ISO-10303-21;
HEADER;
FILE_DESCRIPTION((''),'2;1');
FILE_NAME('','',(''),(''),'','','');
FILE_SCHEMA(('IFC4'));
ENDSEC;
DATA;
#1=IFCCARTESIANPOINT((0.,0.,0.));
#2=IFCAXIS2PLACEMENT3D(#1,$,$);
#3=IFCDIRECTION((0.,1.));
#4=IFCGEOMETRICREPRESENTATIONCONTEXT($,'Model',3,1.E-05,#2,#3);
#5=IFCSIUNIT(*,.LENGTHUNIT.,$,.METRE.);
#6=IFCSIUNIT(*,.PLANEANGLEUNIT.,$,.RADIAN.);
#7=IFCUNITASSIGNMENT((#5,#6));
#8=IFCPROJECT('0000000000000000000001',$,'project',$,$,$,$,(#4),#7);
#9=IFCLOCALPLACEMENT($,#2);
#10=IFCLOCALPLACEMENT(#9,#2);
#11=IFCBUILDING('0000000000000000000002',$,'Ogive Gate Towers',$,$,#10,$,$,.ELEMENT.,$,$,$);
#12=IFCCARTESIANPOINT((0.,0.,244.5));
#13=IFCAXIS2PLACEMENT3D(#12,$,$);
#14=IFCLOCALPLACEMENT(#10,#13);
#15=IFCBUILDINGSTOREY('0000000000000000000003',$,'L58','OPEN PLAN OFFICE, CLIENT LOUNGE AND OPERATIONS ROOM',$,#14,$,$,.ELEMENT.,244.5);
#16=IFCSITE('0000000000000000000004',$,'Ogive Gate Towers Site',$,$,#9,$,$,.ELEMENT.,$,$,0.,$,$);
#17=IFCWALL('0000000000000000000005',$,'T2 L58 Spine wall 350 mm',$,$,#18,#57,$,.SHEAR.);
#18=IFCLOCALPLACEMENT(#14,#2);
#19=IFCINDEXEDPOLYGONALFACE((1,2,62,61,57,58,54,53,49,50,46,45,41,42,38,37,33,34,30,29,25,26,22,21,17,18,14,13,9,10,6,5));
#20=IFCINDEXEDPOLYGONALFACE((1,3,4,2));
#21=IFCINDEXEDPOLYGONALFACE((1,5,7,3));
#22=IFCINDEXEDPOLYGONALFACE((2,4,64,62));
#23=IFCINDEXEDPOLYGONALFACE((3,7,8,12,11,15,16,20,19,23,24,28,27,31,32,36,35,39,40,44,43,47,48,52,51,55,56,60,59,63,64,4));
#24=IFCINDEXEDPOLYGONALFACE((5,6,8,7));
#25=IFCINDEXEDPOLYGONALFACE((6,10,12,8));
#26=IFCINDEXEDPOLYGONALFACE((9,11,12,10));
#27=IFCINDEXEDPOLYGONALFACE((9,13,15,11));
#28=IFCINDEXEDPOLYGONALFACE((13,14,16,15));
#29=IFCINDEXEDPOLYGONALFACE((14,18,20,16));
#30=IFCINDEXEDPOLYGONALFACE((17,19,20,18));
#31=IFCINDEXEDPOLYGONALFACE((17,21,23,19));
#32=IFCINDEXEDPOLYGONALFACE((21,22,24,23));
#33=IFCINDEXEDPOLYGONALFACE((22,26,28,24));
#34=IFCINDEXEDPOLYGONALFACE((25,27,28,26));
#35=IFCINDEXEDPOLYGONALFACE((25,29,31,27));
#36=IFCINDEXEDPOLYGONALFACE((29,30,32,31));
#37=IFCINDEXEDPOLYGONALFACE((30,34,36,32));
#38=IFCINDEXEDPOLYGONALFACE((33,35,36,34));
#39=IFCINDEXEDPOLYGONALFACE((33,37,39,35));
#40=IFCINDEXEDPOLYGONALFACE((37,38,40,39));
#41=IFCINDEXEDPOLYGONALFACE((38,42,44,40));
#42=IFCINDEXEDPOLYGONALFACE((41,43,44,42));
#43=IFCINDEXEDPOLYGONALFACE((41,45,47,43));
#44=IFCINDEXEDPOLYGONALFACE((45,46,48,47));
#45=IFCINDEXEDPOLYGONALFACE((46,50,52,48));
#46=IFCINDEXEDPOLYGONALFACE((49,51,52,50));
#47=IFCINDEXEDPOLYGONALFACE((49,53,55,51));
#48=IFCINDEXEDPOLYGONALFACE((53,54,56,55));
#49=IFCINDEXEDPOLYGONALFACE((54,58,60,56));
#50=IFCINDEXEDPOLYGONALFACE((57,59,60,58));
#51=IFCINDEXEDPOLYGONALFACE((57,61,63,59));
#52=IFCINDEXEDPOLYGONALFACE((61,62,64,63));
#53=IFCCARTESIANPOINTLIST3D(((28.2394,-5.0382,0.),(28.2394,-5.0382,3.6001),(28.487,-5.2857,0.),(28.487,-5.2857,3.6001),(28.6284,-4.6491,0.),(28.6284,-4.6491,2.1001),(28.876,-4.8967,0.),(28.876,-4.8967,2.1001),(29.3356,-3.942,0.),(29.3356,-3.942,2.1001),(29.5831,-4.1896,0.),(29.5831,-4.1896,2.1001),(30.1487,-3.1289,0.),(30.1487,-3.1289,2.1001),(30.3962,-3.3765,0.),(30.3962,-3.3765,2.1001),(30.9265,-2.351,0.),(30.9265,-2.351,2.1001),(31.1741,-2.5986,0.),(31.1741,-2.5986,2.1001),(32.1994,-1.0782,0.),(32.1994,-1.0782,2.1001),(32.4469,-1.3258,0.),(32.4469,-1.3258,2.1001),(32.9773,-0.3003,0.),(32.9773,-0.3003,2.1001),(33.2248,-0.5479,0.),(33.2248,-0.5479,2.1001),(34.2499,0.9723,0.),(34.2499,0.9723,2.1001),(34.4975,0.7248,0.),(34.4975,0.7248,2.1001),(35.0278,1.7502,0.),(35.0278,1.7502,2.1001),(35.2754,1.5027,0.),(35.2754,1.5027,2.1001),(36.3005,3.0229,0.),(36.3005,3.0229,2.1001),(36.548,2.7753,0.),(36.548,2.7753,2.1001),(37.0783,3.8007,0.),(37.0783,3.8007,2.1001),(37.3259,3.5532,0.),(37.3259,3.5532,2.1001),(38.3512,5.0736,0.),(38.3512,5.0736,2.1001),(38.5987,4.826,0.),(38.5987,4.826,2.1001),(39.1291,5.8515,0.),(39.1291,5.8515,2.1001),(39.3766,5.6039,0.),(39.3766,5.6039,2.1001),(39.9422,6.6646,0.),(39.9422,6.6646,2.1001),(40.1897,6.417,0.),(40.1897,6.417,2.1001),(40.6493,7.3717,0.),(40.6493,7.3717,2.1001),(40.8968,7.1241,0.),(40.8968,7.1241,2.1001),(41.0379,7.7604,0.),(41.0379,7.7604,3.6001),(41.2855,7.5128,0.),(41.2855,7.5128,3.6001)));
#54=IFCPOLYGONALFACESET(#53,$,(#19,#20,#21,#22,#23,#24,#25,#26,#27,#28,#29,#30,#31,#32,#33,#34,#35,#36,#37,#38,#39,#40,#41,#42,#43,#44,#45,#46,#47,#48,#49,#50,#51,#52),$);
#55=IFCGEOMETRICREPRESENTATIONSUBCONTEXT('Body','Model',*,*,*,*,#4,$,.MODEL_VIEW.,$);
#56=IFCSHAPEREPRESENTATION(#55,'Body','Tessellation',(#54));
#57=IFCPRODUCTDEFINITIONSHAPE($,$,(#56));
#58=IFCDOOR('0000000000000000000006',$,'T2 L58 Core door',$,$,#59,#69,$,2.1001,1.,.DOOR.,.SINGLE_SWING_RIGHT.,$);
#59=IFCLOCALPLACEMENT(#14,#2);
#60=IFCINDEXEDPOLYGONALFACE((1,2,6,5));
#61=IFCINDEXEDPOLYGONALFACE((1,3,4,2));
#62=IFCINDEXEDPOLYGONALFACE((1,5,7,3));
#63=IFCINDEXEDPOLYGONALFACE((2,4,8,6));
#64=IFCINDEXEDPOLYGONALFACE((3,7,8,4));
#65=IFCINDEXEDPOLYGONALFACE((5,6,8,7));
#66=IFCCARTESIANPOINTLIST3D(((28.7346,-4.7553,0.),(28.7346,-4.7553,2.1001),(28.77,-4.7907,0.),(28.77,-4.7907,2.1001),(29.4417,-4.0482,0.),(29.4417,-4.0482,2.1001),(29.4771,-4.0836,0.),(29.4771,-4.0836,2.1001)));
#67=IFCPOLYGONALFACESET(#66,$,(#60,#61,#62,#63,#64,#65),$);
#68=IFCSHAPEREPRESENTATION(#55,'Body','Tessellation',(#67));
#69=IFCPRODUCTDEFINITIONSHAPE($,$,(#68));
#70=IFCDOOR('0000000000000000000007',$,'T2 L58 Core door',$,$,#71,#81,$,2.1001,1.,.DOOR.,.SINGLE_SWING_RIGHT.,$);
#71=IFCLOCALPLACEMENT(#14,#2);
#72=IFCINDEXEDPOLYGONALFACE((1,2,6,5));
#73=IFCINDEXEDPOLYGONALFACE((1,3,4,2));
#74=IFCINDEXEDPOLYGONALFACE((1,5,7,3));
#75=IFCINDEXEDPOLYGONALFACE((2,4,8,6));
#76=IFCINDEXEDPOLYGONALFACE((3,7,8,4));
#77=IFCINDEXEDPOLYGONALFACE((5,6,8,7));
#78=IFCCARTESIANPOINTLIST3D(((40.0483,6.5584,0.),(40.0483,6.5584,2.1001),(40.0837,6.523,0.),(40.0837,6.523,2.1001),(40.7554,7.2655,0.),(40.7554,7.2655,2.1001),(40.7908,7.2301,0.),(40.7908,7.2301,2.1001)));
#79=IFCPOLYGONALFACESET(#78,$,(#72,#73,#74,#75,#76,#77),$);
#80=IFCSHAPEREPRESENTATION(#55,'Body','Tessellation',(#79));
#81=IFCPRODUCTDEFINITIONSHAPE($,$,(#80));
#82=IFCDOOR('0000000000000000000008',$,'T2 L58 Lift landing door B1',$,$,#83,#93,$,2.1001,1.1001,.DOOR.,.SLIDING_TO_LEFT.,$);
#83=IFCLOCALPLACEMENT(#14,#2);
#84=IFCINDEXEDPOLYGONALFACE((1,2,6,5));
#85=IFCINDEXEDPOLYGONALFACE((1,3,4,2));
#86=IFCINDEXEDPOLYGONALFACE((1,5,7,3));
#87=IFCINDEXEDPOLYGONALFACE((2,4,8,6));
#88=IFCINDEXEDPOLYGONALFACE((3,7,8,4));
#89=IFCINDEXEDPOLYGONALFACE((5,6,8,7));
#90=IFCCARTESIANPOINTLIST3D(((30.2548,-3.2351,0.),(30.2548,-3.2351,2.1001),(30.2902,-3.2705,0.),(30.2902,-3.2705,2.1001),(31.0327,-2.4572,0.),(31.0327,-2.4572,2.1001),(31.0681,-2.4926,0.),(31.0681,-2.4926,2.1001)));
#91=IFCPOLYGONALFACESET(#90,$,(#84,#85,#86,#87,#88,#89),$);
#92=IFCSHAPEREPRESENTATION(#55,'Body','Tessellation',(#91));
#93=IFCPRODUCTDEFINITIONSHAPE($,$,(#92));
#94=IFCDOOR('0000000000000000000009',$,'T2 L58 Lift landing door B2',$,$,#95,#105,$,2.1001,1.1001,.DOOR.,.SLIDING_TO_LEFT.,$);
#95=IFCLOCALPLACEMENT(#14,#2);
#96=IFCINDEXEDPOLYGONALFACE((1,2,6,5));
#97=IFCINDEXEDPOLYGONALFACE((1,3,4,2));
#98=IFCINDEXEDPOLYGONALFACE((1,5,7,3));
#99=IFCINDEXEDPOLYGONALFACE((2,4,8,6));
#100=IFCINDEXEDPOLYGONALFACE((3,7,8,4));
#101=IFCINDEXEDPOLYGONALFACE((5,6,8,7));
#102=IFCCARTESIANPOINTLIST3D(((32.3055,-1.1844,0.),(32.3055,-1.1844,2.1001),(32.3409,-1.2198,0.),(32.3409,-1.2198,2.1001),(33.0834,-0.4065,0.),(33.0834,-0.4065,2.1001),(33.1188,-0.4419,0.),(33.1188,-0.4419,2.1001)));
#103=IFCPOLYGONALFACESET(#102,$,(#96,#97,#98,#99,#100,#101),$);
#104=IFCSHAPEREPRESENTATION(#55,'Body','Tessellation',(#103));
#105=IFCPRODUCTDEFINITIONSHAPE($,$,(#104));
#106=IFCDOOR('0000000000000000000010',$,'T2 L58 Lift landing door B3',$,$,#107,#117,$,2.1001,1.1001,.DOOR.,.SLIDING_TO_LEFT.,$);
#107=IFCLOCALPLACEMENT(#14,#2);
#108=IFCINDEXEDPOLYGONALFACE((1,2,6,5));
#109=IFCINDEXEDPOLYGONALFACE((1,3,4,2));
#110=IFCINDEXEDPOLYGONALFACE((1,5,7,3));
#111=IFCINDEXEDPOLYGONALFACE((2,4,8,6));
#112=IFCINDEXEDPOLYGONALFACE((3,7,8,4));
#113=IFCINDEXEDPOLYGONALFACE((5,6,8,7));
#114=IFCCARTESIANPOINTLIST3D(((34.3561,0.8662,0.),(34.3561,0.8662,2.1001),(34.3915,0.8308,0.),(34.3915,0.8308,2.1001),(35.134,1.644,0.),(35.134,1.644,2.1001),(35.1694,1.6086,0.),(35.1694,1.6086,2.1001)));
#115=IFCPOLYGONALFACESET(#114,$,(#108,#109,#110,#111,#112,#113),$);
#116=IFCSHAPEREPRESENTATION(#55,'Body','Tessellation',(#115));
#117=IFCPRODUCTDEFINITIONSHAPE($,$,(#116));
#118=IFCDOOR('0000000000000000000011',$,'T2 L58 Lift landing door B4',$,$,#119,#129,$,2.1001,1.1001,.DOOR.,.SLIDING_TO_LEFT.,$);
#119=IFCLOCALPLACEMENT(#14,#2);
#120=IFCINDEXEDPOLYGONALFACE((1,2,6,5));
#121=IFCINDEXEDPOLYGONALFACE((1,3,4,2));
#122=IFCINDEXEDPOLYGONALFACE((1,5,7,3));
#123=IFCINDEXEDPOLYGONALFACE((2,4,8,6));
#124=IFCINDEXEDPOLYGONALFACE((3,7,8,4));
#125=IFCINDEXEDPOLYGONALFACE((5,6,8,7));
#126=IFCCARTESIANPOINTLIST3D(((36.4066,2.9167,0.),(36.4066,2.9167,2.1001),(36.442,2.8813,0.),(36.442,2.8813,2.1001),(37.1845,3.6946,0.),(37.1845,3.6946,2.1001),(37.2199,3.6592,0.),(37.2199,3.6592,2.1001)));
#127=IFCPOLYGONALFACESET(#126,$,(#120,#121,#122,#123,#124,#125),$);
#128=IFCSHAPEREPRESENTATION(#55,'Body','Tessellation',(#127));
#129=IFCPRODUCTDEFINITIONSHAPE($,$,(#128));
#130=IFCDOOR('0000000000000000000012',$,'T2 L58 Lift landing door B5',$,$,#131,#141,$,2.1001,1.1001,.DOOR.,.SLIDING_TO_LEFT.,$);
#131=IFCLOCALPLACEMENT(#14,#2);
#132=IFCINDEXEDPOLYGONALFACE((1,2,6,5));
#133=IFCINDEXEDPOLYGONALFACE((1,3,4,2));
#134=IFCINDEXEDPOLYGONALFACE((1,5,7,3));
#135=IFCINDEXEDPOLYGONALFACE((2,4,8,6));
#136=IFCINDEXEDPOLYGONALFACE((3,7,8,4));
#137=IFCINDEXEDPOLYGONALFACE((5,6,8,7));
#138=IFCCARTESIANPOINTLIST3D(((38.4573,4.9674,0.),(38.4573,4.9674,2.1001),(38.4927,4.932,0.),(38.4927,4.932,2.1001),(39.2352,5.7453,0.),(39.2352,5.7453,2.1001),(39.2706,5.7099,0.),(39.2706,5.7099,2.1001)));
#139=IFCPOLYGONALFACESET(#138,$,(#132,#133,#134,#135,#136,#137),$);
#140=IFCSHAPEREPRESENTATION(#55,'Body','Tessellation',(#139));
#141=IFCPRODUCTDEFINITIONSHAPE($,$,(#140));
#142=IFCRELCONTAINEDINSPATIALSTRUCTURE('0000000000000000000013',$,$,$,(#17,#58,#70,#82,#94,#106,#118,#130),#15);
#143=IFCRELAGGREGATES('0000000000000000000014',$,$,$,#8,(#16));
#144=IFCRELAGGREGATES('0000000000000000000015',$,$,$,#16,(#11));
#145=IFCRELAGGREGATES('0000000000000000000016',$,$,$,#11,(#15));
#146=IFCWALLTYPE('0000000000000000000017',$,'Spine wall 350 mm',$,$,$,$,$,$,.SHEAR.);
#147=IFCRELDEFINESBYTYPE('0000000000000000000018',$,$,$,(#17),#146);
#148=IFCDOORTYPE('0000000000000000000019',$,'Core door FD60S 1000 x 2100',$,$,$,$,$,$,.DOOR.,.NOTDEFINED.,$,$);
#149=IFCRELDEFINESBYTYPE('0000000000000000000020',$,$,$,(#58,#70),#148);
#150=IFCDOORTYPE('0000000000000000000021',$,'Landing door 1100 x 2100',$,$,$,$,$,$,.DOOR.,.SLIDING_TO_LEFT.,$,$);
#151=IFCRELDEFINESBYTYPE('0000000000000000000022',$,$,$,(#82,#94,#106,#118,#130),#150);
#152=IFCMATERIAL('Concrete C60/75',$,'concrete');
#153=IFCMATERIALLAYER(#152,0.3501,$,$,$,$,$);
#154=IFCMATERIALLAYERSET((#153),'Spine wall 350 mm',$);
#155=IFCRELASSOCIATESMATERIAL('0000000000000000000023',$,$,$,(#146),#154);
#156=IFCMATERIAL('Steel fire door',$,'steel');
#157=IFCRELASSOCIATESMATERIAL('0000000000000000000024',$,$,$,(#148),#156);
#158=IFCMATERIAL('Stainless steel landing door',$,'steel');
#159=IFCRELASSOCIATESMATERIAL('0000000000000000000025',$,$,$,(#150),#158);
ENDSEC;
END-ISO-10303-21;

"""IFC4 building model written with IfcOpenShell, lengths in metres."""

from ifc_helpers import new_model, si_unit, direction, frame, frame_2d, origin, place, context, subcontext, project, spatial, rectangle, extrude, material, layer, layer_set, type_object, element, fill, save


model = new_model("IFC4")

# Units and contexts
model_context = context("Model", 3, precision=1e-05, world=origin(), true_north=direction((0.0, 1.0)))
body_context = subcontext(model_context, "Body", "Model", "MODEL_VIEW")
ifc_project = project(units=[si_unit("LENGTHUNIT", "METRE"), si_unit("PLANEANGLEUNIT", "RADIAN")], contexts=[model_context])

# Site, building, storey
site_placement = place(None, origin())
site = spatial("IfcSite", under=ifc_project, at=site_placement, Name="Ogive Gate Towers Site", CompositionType="ELEMENT", RefElevation=0.0)
building_placement = place(site_placement, origin())
building = spatial("IfcBuilding", under=site, at=building_placement, Name="Ogive Gate Towers", CompositionType="ELEMENT")
storey_placement = place(building_placement, frame((0.0, 0.0, 244.5)))
storey = spatial("IfcBuildingStorey", under=building, at=storey_placement, Name="L58", Description="OPEN PLAN OFFICE, CLIENT LOUNGE AND OPERATIONS ROOM", CompositionType="ELEMENT", Elevation=244.5)

# Shared definitions
ifc_material_1 = material(Name="Concrete C60/75", Category="concrete")

# Wall, openings, doors
ifc_layer_1 = layer(ifc_material_1, 0.3501)
ifc_layer_set_1 = layer_set([ifc_layer_1], Name="Spine wall 350 mm")
wall_type_1 = type_object("IfcWallType", Name="Spine wall 350 mm", PredefinedType="SHEAR", material=ifc_layer_set_1)
ifc_material_2 = material(Name="Steel fire door", Category="steel")
door_type_1 = type_object("IfcDoorType", Name="Core door FD60S 1000 x 2100", OperationType="NOTDEFINED", PredefinedType="DOOR", material=ifc_material_2)
ifc_material_3 = material(Name="Stainless steel landing door", Category="steel")
door_type_2 = type_object("IfcDoorType", Name="Landing door 1100 x 2100", OperationType="SLIDING_TO_LEFT", PredefinedType="DOOR", material=ifc_material_3)
wall_1_placement = place(storey_placement, frame((28.3633, -5.1619, 0.0), z_axis=(0.0, 0.0, 1.0), x_axis=(0.707107, 0.707107, 0.0)))
wall_1 = element("IfcWall", 1, at=wall_1_placement, inside=storey, type_object=wall_type_1, Name="T2 L58 Spine wall 350 mm", PredefinedType="SHEAR", context=body_context, shape_type="SweptSolid", body=[
    extrude(rectangle(XDim=18.0999, YDim=0.3501, at=frame_2d((9.0498, 0.0))), origin(), (0.0, 0.0, 1.0), 3.6001),
])
opening_1_placement = place(wall_1_placement, frame((0.55, 0.0, 0.0)))
opening_1 = element("IfcOpeningElement", 2, at=opening_1_placement, cuts=wall_1, PredefinedType="OPENING", context=body_context, shape_type="SweptSolid", body=[
    extrude(rectangle(XDim=1.0, YDim=2.1001, at=frame_2d((0.5, 1.05))), frame((0.0, 0.1851, 0.0), z_axis=(0.0, -1.0, 0.0), x_axis=(1.0, 0.0, 0.0)), (0.0, 0.0, 1.0), 0.3701),
])
opening_2_placement = place(wall_1_placement, frame((2.7, 0.0, 0.0)))
opening_2 = element("IfcOpeningElement", 3, at=opening_2_placement, cuts=wall_1, PredefinedType="OPENING", context=body_context, shape_type="SweptSolid", body=[
    extrude(rectangle(XDim=1.1001, YDim=2.1001, at=frame_2d((0.55, 1.05))), frame((0.0, 0.1851, 0.0), z_axis=(0.0, -1.0, 0.0), x_axis=(1.0, 0.0, 0.0)), (0.0, 0.0, 1.0), 0.3701),
])
opening_3_placement = place(wall_1_placement, frame((5.6001, 0.0, 0.0)))
opening_3 = element("IfcOpeningElement", 4, at=opening_3_placement, cuts=wall_1, PredefinedType="OPENING", context=body_context, shape_type="SweptSolid", body=[
    extrude(rectangle(XDim=1.1001, YDim=2.1001, at=frame_2d((0.55, 1.05))), frame((0.0, 0.1851, 0.0), z_axis=(0.0, -1.0, 0.0), x_axis=(1.0, 0.0, 0.0)), (0.0, 0.0, 1.0), 0.3701),
])
opening_4_placement = place(wall_1_placement, frame((8.5, 0.0, 0.0)))
opening_4 = element("IfcOpeningElement", 5, at=opening_4_placement, cuts=wall_1, PredefinedType="OPENING", context=body_context, shape_type="SweptSolid", body=[
    extrude(rectangle(XDim=1.1001, YDim=2.1001, at=frame_2d((0.55, 1.05))), frame((0.0, 0.1851, 0.0), z_axis=(0.0, -1.0, 0.0), x_axis=(1.0, 0.0, 0.0)), (0.0, 0.0, 1.0), 0.3701),
])
opening_5_placement = place(wall_1_placement, frame((11.3999, 0.0, 0.0)))
opening_5 = element("IfcOpeningElement", 6, at=opening_5_placement, cuts=wall_1, PredefinedType="OPENING", context=body_context, shape_type="SweptSolid", body=[
    extrude(rectangle(XDim=1.1001, YDim=2.1001, at=frame_2d((0.55, 1.05))), frame((0.0, 0.1851, 0.0), z_axis=(0.0, -1.0, 0.0), x_axis=(1.0, 0.0, 0.0)), (0.0, 0.0, 1.0), 0.3701),
])
opening_6_placement = place(wall_1_placement, frame((14.3, 0.0, 0.0)))
opening_6 = element("IfcOpeningElement", 7, at=opening_6_placement, cuts=wall_1, PredefinedType="OPENING", context=body_context, shape_type="SweptSolid", body=[
    extrude(rectangle(XDim=1.1001, YDim=2.1001, at=frame_2d((0.55, 1.05))), frame((0.0, 0.1851, 0.0), z_axis=(0.0, -1.0, 0.0), x_axis=(1.0, 0.0, 0.0)), (0.0, 0.0, 1.0), 0.3701),
])
opening_7_placement = place(wall_1_placement, frame((16.55, 0.0, 0.0)))
opening_7 = element("IfcOpeningElement", 8, at=opening_7_placement, cuts=wall_1, PredefinedType="OPENING", context=body_context, shape_type="SweptSolid", body=[
    extrude(rectangle(XDim=1.0, YDim=2.1001, at=frame_2d((0.5, 1.05))), frame((0.0, 0.1851, 0.0), z_axis=(0.0, -1.0, 0.0), x_axis=(1.0, 0.0, 0.0)), (0.0, 0.0, 1.0), 0.3701),
])
door_1_placement = place(opening_1_placement, origin())
door_1 = element("IfcDoor", 9, at=door_1_placement, inside=storey, type_object=door_type_1, Name="T2 L58 Core door", OperationType="SINGLE_SWING_RIGHT", OverallHeight=2.1001, OverallWidth=1.0, PredefinedType="DOOR", context=body_context, shape_type="SweptSolid", body=[
    extrude(rectangle(XDim=1.0, YDim=2.1001, at=frame_2d((0.5, 1.05))), frame((0.0, 0.0249, 0.0), z_axis=(0.0, -1.0, 0.0), x_axis=(1.0, 0.0, 0.0)), (0.0, 0.0, 1.0), 0.05),
])
fill(opening_1, door_1)
door_2_placement = place(opening_7_placement, origin())
door_2 = element("IfcDoor", 10, at=door_2_placement, inside=storey, type_object=door_type_1, Name="T2 L58 Core door", OperationType="SINGLE_SWING_RIGHT", OverallHeight=2.1001, OverallWidth=1.0, PredefinedType="DOOR", context=body_context, shape_type="SweptSolid", body=[
    extrude(rectangle(XDim=1.0, YDim=2.1001, at=frame_2d((0.5, 1.05))), frame((0.0, 0.0249, 0.0), z_axis=(0.0, -1.0, 0.0), x_axis=(1.0, 0.0, 0.0)), (0.0, 0.0, 1.0), 0.05),
])
fill(opening_7, door_2)
door_3_placement = place(opening_2_placement, origin())
door_3 = element("IfcDoor", 11, at=door_3_placement, inside=storey, type_object=door_type_2, Name="T2 L58 Lift landing door B1", OperationType="SLIDING_TO_LEFT", OverallHeight=2.1001, OverallWidth=1.1001, PredefinedType="DOOR", context=body_context, shape_type="SweptSolid", body=[
    extrude(rectangle(XDim=1.1001, YDim=2.1001, at=frame_2d((0.55, 1.05))), frame((0.0, 0.0249, 0.0), z_axis=(0.0, -1.0, 0.0), x_axis=(1.0, 0.0, 0.0)), (0.0, 0.0, 1.0), 0.05),
])
fill(opening_2, door_3)
door_4_placement = place(opening_3_placement, origin())
door_4 = element("IfcDoor", 12, at=door_4_placement, inside=storey, type_object=door_type_2, Name="T2 L58 Lift landing door B2", OperationType="SLIDING_TO_LEFT", OverallHeight=2.1001, OverallWidth=1.1001, PredefinedType="DOOR", context=body_context, shape_type="SweptSolid", body=[
    extrude(rectangle(XDim=1.1001, YDim=2.1001, at=frame_2d((0.55, 1.05))), frame((0.0, 0.0249, 0.0), z_axis=(0.0, -1.0, 0.0), x_axis=(1.0, 0.0, 0.0)), (0.0, 0.0, 1.0), 0.05),
])
fill(opening_3, door_4)
door_5_placement = place(opening_4_placement, origin())
door_5 = element("IfcDoor", 13, at=door_5_placement, inside=storey, type_object=door_type_2, Name="T2 L58 Lift landing door B3", OperationType="SLIDING_TO_LEFT", OverallHeight=2.1001, OverallWidth=1.1001, PredefinedType="DOOR", context=body_context, shape_type="SweptSolid", body=[
    extrude(rectangle(XDim=1.1001, YDim=2.1001, at=frame_2d((0.55, 1.05))), frame((0.0, 0.0249, 0.0), z_axis=(0.0, -1.0, 0.0), x_axis=(1.0, 0.0, 0.0)), (0.0, 0.0, 1.0), 0.05),
])
fill(opening_4, door_5)
door_6_placement = place(opening_5_placement, origin())
door_6 = element("IfcDoor", 14, at=door_6_placement, inside=storey, type_object=door_type_2, Name="T2 L58 Lift landing door B4", OperationType="SLIDING_TO_LEFT", OverallHeight=2.1001, OverallWidth=1.1001, PredefinedType="DOOR", context=body_context, shape_type="SweptSolid", body=[
    extrude(rectangle(XDim=1.1001, YDim=2.1001, at=frame_2d((0.55, 1.05))), frame((0.0, 0.0249, 0.0), z_axis=(0.0, -1.0, 0.0), x_axis=(1.0, 0.0, 0.0)), (0.0, 0.0, 1.0), 0.05),
])
fill(opening_5, door_6)
door_7_placement = place(opening_6_placement, origin())
door_7 = element("IfcDoor", 15, at=door_7_placement, inside=storey, type_object=door_type_2, Name="T2 L58 Lift landing door B5", OperationType="SLIDING_TO_LEFT", OverallHeight=2.1001, OverallWidth=1.1001, PredefinedType="DOOR", context=body_context, shape_type="SweptSolid", body=[
    extrude(rectangle(XDim=1.1001, YDim=2.1001, at=frame_2d((0.55, 1.05))), frame((0.0, 0.0249, 0.0), z_axis=(0.0, -1.0, 0.0), x_axis=(1.0, 0.0, 0.0)), (0.0, 0.0, 1.0), 0.05),
])
fill(opening_6, door_7)

save(model, "model.ifc")
